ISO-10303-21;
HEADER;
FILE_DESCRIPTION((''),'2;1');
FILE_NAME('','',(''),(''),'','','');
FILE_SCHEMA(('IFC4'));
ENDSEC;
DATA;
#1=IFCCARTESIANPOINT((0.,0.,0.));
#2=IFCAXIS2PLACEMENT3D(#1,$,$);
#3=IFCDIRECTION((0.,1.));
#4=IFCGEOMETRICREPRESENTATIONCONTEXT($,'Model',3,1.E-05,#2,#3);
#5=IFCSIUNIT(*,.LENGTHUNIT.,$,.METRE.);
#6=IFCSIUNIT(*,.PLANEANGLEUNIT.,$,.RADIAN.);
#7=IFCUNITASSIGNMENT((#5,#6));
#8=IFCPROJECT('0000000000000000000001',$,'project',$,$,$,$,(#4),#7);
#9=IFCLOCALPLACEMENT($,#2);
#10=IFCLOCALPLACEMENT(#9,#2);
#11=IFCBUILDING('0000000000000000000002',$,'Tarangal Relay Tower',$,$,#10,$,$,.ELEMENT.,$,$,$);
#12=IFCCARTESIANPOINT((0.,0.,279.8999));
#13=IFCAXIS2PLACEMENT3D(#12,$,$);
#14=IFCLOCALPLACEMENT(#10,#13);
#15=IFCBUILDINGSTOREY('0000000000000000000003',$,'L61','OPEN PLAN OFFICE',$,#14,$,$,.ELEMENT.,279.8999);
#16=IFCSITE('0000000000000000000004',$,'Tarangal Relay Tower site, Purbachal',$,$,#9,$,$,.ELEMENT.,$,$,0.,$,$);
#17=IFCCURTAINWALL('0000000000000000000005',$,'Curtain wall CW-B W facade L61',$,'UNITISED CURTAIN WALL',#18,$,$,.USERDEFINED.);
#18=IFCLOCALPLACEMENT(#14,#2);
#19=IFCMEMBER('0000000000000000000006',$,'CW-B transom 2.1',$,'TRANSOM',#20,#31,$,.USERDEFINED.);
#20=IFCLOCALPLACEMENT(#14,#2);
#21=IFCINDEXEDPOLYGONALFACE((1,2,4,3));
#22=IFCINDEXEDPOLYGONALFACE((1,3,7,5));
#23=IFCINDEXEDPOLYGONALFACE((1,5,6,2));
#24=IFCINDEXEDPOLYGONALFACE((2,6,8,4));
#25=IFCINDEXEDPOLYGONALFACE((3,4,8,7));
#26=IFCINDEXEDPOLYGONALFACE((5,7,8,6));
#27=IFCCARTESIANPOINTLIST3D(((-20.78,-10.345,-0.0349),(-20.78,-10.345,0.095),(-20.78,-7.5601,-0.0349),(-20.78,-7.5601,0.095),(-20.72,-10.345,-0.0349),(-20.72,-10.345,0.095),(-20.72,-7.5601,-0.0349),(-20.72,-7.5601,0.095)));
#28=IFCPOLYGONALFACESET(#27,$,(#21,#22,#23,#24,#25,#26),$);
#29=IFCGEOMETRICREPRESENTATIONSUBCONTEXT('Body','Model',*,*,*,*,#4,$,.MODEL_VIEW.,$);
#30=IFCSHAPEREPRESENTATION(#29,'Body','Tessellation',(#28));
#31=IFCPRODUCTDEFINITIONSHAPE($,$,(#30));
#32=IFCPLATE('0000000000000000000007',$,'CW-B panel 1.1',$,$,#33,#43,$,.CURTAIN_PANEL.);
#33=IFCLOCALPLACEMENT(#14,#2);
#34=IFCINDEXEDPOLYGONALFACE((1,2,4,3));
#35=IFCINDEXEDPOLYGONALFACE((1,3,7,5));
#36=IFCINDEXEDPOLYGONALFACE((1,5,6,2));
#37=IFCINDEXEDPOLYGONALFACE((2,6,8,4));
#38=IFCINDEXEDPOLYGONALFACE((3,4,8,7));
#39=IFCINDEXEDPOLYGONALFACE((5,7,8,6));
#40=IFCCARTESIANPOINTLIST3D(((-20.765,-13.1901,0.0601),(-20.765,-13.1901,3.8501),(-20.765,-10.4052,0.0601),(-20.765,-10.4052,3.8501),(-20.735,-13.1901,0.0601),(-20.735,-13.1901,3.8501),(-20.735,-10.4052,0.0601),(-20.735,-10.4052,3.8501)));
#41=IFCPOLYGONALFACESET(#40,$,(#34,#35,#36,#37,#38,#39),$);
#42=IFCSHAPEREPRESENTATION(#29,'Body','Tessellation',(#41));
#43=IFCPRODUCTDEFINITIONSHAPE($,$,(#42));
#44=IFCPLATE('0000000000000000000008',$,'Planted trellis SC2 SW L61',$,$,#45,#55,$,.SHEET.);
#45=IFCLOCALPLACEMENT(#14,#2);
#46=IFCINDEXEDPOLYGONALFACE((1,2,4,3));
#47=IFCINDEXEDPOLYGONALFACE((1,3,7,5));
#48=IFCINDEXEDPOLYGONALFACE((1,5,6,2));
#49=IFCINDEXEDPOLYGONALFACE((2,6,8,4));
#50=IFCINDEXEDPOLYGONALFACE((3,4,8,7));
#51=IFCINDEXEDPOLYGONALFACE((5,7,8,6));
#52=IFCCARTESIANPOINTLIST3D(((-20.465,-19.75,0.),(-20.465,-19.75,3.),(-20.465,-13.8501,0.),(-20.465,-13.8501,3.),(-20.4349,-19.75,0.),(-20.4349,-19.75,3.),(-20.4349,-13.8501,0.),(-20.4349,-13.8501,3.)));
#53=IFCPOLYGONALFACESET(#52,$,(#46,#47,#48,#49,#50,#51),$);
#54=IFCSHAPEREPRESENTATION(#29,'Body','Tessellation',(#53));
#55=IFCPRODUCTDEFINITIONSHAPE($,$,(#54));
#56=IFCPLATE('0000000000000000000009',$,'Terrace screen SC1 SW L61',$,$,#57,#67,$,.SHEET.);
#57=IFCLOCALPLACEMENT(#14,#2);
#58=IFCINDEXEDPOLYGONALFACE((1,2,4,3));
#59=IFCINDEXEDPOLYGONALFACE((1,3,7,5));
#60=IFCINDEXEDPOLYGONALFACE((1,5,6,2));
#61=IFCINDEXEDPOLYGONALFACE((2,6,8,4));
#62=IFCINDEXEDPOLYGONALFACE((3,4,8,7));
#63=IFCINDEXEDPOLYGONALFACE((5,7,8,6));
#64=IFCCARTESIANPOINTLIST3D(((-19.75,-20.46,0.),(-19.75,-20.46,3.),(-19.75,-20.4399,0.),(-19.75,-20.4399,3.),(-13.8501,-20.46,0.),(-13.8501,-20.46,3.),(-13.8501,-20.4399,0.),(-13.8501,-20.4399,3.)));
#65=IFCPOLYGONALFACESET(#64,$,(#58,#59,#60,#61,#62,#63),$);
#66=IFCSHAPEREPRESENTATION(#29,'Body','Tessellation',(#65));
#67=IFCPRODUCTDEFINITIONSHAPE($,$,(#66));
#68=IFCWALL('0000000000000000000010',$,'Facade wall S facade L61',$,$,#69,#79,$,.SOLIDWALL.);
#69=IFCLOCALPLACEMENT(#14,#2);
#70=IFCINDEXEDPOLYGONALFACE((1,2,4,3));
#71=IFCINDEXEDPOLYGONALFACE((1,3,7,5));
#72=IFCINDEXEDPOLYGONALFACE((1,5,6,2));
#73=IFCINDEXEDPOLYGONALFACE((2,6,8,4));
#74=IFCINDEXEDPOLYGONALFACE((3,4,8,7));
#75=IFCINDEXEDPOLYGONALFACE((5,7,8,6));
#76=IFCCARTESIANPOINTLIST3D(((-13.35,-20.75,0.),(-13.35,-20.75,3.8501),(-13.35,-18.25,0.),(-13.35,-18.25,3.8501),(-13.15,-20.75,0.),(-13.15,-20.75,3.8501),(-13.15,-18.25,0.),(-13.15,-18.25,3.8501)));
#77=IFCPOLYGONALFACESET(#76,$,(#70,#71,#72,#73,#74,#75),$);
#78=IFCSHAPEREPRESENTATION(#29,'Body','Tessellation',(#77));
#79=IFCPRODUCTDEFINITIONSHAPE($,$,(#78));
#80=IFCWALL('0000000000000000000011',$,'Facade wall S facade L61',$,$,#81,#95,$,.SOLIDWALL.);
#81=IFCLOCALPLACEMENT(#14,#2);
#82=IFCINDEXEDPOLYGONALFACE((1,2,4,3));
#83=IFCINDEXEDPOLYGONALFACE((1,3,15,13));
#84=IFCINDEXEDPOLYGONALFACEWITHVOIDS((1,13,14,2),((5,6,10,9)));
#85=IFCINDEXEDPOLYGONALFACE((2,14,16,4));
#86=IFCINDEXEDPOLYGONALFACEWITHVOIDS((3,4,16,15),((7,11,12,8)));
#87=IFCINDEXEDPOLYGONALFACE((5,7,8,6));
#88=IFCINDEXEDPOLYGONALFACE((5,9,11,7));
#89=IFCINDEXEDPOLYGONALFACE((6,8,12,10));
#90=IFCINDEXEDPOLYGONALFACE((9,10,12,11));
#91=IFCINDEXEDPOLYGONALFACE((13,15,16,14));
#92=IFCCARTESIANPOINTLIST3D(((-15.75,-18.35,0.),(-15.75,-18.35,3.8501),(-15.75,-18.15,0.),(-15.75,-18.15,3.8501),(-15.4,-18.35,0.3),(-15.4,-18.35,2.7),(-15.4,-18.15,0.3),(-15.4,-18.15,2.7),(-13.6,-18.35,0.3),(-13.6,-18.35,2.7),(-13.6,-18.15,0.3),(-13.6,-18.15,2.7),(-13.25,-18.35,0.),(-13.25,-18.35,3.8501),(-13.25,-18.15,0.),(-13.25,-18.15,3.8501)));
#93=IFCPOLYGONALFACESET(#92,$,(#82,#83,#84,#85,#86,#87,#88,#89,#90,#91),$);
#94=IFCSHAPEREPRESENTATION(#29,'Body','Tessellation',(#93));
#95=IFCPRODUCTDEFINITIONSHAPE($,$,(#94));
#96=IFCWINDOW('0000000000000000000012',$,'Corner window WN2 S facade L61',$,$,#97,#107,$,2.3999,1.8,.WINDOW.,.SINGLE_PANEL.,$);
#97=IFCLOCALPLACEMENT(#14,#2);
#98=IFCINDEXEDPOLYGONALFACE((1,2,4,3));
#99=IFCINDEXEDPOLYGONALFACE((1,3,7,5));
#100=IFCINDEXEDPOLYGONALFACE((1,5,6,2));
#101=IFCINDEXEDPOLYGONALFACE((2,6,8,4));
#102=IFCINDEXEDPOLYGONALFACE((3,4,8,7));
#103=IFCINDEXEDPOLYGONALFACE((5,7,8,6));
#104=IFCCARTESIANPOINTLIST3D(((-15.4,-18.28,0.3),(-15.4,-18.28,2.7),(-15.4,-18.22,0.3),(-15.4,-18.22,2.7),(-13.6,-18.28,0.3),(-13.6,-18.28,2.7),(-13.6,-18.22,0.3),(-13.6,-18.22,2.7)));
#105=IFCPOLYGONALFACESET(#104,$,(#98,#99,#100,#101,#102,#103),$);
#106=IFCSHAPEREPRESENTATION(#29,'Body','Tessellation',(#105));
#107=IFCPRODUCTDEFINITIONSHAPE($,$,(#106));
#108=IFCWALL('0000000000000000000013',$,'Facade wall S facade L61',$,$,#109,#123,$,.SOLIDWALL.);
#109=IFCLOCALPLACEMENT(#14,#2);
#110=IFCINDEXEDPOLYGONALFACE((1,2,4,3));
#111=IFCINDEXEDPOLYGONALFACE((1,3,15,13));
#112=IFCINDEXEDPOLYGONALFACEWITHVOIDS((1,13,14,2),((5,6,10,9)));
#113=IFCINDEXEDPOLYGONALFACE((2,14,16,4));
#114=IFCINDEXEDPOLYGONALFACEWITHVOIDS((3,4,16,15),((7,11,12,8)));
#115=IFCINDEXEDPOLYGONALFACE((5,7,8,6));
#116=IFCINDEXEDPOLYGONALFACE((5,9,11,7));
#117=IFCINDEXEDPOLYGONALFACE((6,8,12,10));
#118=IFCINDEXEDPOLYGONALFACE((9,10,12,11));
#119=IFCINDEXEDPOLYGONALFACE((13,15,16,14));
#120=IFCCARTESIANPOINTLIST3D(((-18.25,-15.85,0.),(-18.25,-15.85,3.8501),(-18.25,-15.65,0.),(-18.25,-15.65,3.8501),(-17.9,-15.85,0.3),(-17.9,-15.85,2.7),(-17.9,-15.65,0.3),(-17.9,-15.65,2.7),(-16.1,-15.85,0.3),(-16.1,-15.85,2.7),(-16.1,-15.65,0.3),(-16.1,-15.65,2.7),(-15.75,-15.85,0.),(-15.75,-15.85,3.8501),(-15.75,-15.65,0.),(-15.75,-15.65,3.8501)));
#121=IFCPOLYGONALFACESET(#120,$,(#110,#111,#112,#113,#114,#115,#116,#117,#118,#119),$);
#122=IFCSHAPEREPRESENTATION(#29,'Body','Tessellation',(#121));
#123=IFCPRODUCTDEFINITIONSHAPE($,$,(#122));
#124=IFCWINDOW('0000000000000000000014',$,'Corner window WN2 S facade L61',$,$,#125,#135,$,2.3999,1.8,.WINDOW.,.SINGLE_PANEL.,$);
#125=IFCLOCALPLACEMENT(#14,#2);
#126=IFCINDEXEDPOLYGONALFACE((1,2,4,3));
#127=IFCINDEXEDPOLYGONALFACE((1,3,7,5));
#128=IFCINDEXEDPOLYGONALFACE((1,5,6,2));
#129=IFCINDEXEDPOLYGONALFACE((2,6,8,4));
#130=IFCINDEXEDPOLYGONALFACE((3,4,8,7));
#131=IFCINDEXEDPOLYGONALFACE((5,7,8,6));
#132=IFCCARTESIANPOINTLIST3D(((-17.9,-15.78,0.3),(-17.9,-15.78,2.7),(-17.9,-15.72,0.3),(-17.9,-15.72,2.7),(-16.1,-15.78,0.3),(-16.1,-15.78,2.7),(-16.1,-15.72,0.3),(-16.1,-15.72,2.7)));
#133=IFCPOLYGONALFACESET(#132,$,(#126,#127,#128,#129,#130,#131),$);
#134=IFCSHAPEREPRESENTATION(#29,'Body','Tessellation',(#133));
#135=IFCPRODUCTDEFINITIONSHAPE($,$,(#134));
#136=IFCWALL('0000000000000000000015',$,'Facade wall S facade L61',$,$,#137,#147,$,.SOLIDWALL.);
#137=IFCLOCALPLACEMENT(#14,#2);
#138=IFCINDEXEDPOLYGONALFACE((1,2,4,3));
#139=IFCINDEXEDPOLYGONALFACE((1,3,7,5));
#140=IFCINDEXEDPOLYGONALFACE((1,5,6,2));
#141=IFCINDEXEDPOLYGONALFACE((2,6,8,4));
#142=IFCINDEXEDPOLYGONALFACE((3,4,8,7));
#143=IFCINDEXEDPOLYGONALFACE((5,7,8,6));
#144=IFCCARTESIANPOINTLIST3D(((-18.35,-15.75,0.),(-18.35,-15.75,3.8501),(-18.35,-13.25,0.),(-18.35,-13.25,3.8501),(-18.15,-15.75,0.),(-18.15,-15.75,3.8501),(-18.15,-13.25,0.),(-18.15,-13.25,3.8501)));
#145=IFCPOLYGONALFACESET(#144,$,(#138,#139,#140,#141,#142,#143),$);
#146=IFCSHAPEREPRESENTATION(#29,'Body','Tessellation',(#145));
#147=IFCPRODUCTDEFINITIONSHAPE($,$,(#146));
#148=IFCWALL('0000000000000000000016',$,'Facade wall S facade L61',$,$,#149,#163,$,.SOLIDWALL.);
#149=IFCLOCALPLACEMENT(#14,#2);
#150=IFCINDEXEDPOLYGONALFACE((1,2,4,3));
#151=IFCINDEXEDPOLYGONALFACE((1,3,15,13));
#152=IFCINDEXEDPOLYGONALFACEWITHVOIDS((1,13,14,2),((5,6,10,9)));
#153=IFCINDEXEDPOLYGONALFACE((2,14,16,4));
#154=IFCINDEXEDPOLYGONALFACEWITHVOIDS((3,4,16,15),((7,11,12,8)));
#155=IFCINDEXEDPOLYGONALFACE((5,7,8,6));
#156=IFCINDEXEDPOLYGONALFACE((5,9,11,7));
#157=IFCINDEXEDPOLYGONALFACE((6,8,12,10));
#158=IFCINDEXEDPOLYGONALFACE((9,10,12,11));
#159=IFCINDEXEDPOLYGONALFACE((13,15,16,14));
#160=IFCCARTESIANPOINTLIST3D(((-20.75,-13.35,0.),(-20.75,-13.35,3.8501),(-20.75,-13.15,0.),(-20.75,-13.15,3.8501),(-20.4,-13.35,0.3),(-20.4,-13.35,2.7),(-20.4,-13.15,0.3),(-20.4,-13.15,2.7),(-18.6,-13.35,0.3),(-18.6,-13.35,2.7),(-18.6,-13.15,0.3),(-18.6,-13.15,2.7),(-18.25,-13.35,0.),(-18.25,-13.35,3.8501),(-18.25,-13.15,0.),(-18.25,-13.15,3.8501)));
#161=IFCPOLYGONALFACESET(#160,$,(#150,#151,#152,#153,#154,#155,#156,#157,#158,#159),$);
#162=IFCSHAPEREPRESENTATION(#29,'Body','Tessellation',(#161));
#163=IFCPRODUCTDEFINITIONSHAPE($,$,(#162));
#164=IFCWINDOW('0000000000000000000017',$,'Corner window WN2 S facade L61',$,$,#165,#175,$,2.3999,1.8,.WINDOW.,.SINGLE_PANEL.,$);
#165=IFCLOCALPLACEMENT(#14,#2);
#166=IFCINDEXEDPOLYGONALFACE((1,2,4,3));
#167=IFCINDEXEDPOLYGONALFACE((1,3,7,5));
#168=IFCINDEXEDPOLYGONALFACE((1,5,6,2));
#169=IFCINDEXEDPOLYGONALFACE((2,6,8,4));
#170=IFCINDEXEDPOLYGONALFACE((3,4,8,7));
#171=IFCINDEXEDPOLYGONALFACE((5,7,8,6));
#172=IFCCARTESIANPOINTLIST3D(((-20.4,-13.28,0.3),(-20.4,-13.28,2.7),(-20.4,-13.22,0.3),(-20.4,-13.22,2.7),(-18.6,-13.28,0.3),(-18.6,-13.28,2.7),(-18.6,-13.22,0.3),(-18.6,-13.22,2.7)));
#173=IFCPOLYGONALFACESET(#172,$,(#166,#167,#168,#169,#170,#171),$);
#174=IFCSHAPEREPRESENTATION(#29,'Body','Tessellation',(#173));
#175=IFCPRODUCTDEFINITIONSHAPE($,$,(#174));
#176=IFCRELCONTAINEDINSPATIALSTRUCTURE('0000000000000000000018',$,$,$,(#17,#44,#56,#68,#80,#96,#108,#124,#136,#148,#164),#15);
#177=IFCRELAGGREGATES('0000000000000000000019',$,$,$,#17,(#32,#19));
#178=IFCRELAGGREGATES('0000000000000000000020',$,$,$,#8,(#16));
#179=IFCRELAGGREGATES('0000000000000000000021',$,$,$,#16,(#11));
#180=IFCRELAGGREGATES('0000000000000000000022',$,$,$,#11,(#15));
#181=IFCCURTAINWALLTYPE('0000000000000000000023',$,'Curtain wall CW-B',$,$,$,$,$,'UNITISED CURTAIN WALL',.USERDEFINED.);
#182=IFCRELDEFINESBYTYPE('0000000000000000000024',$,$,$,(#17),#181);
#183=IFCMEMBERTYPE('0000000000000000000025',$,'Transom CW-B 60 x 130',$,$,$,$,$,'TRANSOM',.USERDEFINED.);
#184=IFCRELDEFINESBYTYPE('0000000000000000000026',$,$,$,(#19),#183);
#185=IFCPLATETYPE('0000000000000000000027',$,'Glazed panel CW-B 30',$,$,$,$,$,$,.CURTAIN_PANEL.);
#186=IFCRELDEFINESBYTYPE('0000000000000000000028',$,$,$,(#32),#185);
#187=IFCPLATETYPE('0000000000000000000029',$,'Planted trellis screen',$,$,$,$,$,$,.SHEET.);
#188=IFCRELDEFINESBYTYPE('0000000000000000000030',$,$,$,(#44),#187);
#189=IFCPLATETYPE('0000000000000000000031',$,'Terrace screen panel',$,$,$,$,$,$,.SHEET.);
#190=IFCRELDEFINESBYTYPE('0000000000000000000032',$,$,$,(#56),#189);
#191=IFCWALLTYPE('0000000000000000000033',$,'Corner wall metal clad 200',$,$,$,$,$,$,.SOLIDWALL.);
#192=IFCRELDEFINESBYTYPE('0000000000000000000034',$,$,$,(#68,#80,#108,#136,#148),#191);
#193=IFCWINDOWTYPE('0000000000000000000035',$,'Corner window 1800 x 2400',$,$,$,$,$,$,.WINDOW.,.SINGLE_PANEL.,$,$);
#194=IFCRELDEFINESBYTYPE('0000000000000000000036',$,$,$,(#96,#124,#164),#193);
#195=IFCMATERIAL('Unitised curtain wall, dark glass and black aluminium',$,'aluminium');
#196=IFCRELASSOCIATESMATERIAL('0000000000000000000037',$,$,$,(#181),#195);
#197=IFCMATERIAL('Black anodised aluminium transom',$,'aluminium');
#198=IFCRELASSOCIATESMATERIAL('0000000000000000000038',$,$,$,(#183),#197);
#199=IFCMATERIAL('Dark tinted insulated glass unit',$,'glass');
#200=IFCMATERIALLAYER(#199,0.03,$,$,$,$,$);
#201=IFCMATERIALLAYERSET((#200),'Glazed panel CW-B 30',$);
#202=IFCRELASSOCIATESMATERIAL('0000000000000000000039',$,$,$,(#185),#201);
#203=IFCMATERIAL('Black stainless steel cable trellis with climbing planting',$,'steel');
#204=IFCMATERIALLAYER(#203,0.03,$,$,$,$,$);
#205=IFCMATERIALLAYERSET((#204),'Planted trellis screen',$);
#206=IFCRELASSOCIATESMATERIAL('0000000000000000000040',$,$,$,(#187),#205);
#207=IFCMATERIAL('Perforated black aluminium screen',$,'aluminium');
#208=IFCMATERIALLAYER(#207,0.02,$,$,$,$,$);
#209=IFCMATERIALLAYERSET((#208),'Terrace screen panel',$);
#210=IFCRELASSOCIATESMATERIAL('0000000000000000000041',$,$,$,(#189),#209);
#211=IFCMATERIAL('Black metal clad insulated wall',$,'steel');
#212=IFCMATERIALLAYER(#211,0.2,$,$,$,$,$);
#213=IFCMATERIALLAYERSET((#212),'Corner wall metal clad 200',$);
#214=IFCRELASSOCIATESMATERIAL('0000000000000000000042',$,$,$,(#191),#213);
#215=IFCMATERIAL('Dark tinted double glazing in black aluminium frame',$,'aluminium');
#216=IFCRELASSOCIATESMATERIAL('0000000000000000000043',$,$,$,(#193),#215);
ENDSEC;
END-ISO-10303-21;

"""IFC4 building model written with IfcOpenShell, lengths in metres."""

from ifc_helpers import new_model, si_unit, direction, frame, frame_2d, origin, origin_2d, place, context, subcontext, project, spatial, rectangle, extrude, material, layer, layer_set, material_profile, profile_set, type_object, element, fill, aggregate, save


model = new_model("IFC4")

# Units and contexts
model_context = context("Model", 3, precision=1e-05, world=origin(), true_north=direction((0.0, 1.0)))
body_context = subcontext(model_context, "Body", "Model", "MODEL_VIEW")
ifc_project = project(units=[si_unit("LENGTHUNIT", "METRE"), si_unit("PLANEANGLEUNIT", "RADIAN")], contexts=[model_context])

# Site, building, storey
site_placement = place(None, origin())
site = spatial("IfcSite", under=ifc_project, at=site_placement, Name="Tarangal Relay Tower site, Purbachal", CompositionType="ELEMENT", RefElevation=0.0)
building_placement = place(site_placement, origin())
building = spatial("IfcBuilding", under=site, at=building_placement, Name="Tarangal Relay Tower", CompositionType="ELEMENT")
storey_placement = place(building_placement, frame((0.0, 0.0, 279.8999)))
storey = spatial("IfcBuildingStorey", under=building, at=storey_placement, Name="L61", Description="OPEN PLAN OFFICE", CompositionType="ELEMENT", Elevation=279.8999)

# Shared definitions
ifc_material_1 = material(Name="Unitised curtain wall, dark glass and black aluminium", Category="aluminium")
curtain_wall_type = type_object("IfcCurtainWallType", Name="Curtain wall CW-B", ElementType="UNITISED CURTAIN WALL", PredefinedType="USERDEFINED", material=ifc_material_1)

# Curtain wall, member, plate
curtain_wall_1_placement = place(storey_placement, origin())
curtain_wall_1 = element("IfcCurtainWall", 1, at=curtain_wall_1_placement, inside=storey, type_object=curtain_wall_type, Name="Curtain wall CW-B W facade L61", ObjectType="UNITISED CURTAIN WALL", PredefinedType="USERDEFINED")
ifc_material_2 = material(Name="Black anodised aluminium transom", Category="aluminium")
ifc_material_profile_1 = material_profile(ifc_material_2, rectangle(XDim=0.0601, YDim=0.1299, at=origin_2d()), Name="CW-BT 60X130")
ifc_profile_set_1 = profile_set([ifc_material_profile_1], Name="Black anodised aluminium transom")
member_type_1 = type_object("IfcMemberType", Name="Transom CW-B 60 x 130", ElementType="TRANSOM", PredefinedType="USERDEFINED", material=ifc_profile_set_1)
member_1_placement = place(storey_placement, frame((-20.75, -10.345, 0.03), z_axis=(0.0, 1.0, 0.0), x_axis=(-1.0, 0.0, 0.0)))
member_1 = element("IfcMember", 2, at=member_1_placement, type_object=member_type_1, Name="CW-B transom 2.1", ObjectType="TRANSOM", PredefinedType="USERDEFINED", context=body_context, shape_type="SweptSolid", body=[
    extrude(rectangle(XDim=0.0601, YDim=0.1299, at=origin_2d()), origin(), (0.0, 0.0, 1.0), 2.7849),
])
ifc_material_3 = material(Name="Dark tinted insulated glass unit", Category="glass")
ifc_layer_1 = layer(ifc_material_3, 0.03)
ifc_layer_set_1 = layer_set([ifc_layer_1], Name="Glazed panel CW-B 30")
plate_type_1 = type_object("IfcPlateType", Name="Glazed panel CW-B 30", PredefinedType="CURTAIN_PANEL", material=ifc_layer_set_1)
plate_1_placement = place(storey_placement, frame((-20.75, -11.7976, 0.0601), z_axis=(0.0, 0.0, 1.0), x_axis=(0.0, 1.0, 0.0)))
plate_1 = element("IfcPlate", 3, at=plate_1_placement, type_object=plate_type_1, Name="CW-B panel 1.1", PredefinedType="CURTAIN_PANEL", context=body_context, shape_type="SweptSolid", body=[
    extrude(rectangle(XDim=2.7849, YDim=0.03, at=origin_2d()), origin(), (0.0, 0.0, 1.0), 3.79),
])
aggregate(curtain_wall_1, [plate_1, member_1])

# Plates
ifc_material_4 = material(Name="Black stainless steel cable trellis with climbing planting", Category="steel")
ifc_layer_2 = layer(ifc_material_4, 0.03)
ifc_layer_set_2 = layer_set([ifc_layer_2], Name="Planted trellis screen")
plate_type_2 = type_object("IfcPlateType", Name="Planted trellis screen", PredefinedType="SHEET", material=ifc_layer_set_2)
plate_2_placement = place(storey_placement, frame((-20.45, -16.8, 0.0), z_axis=(0.0, 0.0, 1.0), x_axis=(0.0, 1.0, 0.0)))
element("IfcPlate", 4, at=plate_2_placement, inside=storey, type_object=plate_type_2, Name="Planted trellis SC2 SW L61", PredefinedType="SHEET", context=body_context, shape_type="SweptSolid", body=[
    extrude(rectangle(XDim=5.8999, YDim=0.03, at=origin_2d()), origin(), (0.0, 0.0, 1.0), 3.0),
])
ifc_material_5 = material(Name="Perforated black aluminium screen", Category="aluminium")
ifc_layer_3 = layer(ifc_material_5, 0.02)
ifc_layer_set_3 = layer_set([ifc_layer_3], Name="Terrace screen panel")
plate_type_3 = type_object("IfcPlateType", Name="Terrace screen panel", PredefinedType="SHEET", material=ifc_layer_set_3)
plate_3_placement = place(storey_placement, frame((-16.8, -20.45, 0.0), z_axis=(0.0, 0.0, 1.0), x_axis=(-1.0, 0.0, 0.0)))
element("IfcPlate", 5, at=plate_3_placement, inside=storey, type_object=plate_type_3, Name="Terrace screen SC1 SW L61", PredefinedType="SHEET", context=body_context, shape_type="SweptSolid", body=[
    extrude(rectangle(XDim=5.8999, YDim=0.02, at=origin_2d()), origin(), (0.0, 0.0, 1.0), 3.0),
])

# Wall
ifc_material_6 = material(Name="Black metal clad insulated wall", Category="steel")
ifc_layer_4 = layer(ifc_material_6, 0.2)
ifc_layer_set_4 = layer_set([ifc_layer_4], Name="Corner wall metal clad 200")
wall_type_1 = type_object("IfcWallType", Name="Corner wall metal clad 200", PredefinedType="SOLIDWALL", material=ifc_layer_set_4)
wall_1_placement = place(storey_placement, frame((-13.25, -20.75, 0.0), z_axis=(0.0, 0.0, 1.0), x_axis=(0.0, 1.0, 0.0)))
element("IfcWall", 6, at=wall_1_placement, inside=storey, type_object=wall_type_1, Name="Facade wall S facade L61", PredefinedType="SOLIDWALL", context=body_context, shape_type="SweptSolid", body=[
    extrude(rectangle(XDim=2.5, YDim=0.2, at=frame_2d((1.25, 0.0))), origin(), (0.0, 0.0, 1.0), 3.8501),
])

# Wall, opening, window
wall_2_placement = place(storey_placement, frame((-13.25, -18.25, 0.0), z_axis=(0.0, 0.0, 1.0), x_axis=(-1.0, 0.0, 0.0)))
wall_2 = element("IfcWall", 7, at=wall_2_placement, inside=storey, type_object=wall_type_1, Name="Facade wall S facade L61", PredefinedType="SOLIDWALL", context=body_context, shape_type="SweptSolid", body=[
    extrude(rectangle(XDim=2.5, YDim=0.2, at=frame_2d((1.25, 0.0))), origin(), (0.0, 0.0, 1.0), 3.8501),
])
opening_1_placement = place(wall_2_placement, frame((0.3501, 0.0, 0.3)))
opening_1 = element("IfcOpeningElement", 8, at=opening_1_placement, cuts=wall_2, PredefinedType="OPENING", context=body_context, shape_type="SweptSolid", body=[
    extrude(rectangle(XDim=1.8, YDim=2.3999, at=frame_2d((0.8999, 1.2))), frame((0.0, 0.1099, 0.0), z_axis=(0.0, -1.0, 0.0), x_axis=(1.0, 0.0, 0.0)), (0.0, 0.0, 1.0), 0.22),
])
ifc_material_7 = material(Name="Dark tinted double glazing in black aluminium frame", Category="aluminium")
window_type = type_object("IfcWindowType", Name="Corner window 1800 x 2400", PartitioningType="SINGLE_PANEL", PredefinedType="WINDOW", material=ifc_material_7)
window_1_placement = place(opening_1_placement, origin())
window_1 = element("IfcWindow", 9, at=window_1_placement, inside=storey, type_object=window_type, Name="Corner window WN2 S facade L61", OverallHeight=2.3999, OverallWidth=1.8, PartitioningType="SINGLE_PANEL", PredefinedType="WINDOW", context=body_context, shape_type="SweptSolid", body=[
    extrude(rectangle(XDim=1.8, YDim=2.3999, at=frame_2d((0.8999, 1.2))), frame((0.0, 0.03, 0.0), z_axis=(0.0, -1.0, 0.0), x_axis=(1.0, 0.0, 0.0)), (0.0, 0.0, 1.0), 0.0601),
])
fill(opening_1, window_1)

# Wall, opening, window
wall_3_placement = place(storey_placement, frame((-15.75, -15.75, 0.0), z_axis=(0.0, 0.0, 1.0), x_axis=(-1.0, 0.0, 0.0)))
wall_3 = element("IfcWall", 10, at=wall_3_placement, inside=storey, type_object=wall_type_1, Name="Facade wall S facade L61", PredefinedType="SOLIDWALL", context=body_context, shape_type="SweptSolid", body=[
    extrude(rectangle(XDim=2.5, YDim=0.2, at=frame_2d((1.25, 0.0))), origin(), (0.0, 0.0, 1.0), 3.8501),
])
opening_2_placement = place(wall_3_placement, frame((0.3501, 0.0, 0.3)))
opening_2 = element("IfcOpeningElement", 11, at=opening_2_placement, cuts=wall_3, PredefinedType="OPENING", context=body_context, shape_type="SweptSolid", body=[
    extrude(rectangle(XDim=1.8, YDim=2.3999, at=frame_2d((0.8999, 1.2))), frame((0.0, 0.1099, 0.0), z_axis=(0.0, -1.0, 0.0), x_axis=(1.0, 0.0, 0.0)), (0.0, 0.0, 1.0), 0.22),
])
window_2_placement = place(opening_2_placement, origin())
window_2 = element("IfcWindow", 12, at=window_2_placement, inside=storey, type_object=window_type, Name="Corner window WN2 S facade L61", OverallHeight=2.3999, OverallWidth=1.8, PartitioningType="SINGLE_PANEL", PredefinedType="WINDOW", context=body_context, shape_type="SweptSolid", body=[
    extrude(rectangle(XDim=1.8, YDim=2.3999, at=frame_2d((0.8999, 1.2))), frame((0.0, 0.03, 0.0), z_axis=(0.0, -1.0, 0.0), x_axis=(1.0, 0.0, 0.0)), (0.0, 0.0, 1.0), 0.0601),
])
fill(opening_2, window_2)

# Wall
wall_4_placement = place(storey_placement, frame((-18.25, -15.75, 0.0), z_axis=(0.0, 0.0, 1.0), x_axis=(0.0, 1.0, 0.0)))
element("IfcWall", 13, at=wall_4_placement, inside=storey, type_object=wall_type_1, Name="Facade wall S facade L61", PredefinedType="SOLIDWALL", context=body_context, shape_type="SweptSolid", body=[
    extrude(rectangle(XDim=2.5, YDim=0.2, at=frame_2d((1.25, 0.0))), origin(), (0.0, 0.0, 1.0), 3.8501),
])

# Wall, opening, window
wall_5_placement = place(storey_placement, frame((-18.25, -13.25, 0.0), z_axis=(0.0, 0.0, 1.0), x_axis=(-1.0, 0.0, 0.0)))
wall_5 = element("IfcWall", 14, at=wall_5_placement, inside=storey, type_object=wall_type_1, Name="Facade wall S facade L61", PredefinedType="SOLIDWALL", context=body_context, shape_type="SweptSolid", body=[
    extrude(rectangle(XDim=2.5, YDim=0.2, at=frame_2d((1.25, 0.0))), origin(), (0.0, 0.0, 1.0), 3.8501),
])
opening_3_placement = place(wall_5_placement, frame((0.3501, 0.0, 0.3)))
opening_3 = element("IfcOpeningElement", 15, at=opening_3_placement, cuts=wall_5, PredefinedType="OPENING", context=body_context, shape_type="SweptSolid", body=[
    extrude(rectangle(XDim=1.8, YDim=2.3999, at=frame_2d((0.8999, 1.2))), frame((0.0, 0.1099, 0.0), z_axis=(0.0, -1.0, 0.0), x_axis=(1.0, 0.0, 0.0)), (0.0, 0.0, 1.0), 0.22),
])
window_3_placement = place(opening_3_placement, origin())
window_3 = element("IfcWindow", 16, at=window_3_placement, inside=storey, type_object=window_type, Name="Corner window WN2 S facade L61", OverallHeight=2.3999, OverallWidth=1.8, PartitioningType="SINGLE_PANEL", PredefinedType="WINDOW", context=body_context, shape_type="SweptSolid", body=[
    extrude(rectangle(XDim=1.8, YDim=2.3999, at=frame_2d((0.8999, 1.2))), frame((0.0, 0.03, 0.0), z_axis=(0.0, -1.0, 0.0), x_axis=(1.0, 0.0, 0.0)), (0.0, 0.0, 1.0), 0.0601),
])
fill(opening_3, window_3)

save(model, "model.ifc")
